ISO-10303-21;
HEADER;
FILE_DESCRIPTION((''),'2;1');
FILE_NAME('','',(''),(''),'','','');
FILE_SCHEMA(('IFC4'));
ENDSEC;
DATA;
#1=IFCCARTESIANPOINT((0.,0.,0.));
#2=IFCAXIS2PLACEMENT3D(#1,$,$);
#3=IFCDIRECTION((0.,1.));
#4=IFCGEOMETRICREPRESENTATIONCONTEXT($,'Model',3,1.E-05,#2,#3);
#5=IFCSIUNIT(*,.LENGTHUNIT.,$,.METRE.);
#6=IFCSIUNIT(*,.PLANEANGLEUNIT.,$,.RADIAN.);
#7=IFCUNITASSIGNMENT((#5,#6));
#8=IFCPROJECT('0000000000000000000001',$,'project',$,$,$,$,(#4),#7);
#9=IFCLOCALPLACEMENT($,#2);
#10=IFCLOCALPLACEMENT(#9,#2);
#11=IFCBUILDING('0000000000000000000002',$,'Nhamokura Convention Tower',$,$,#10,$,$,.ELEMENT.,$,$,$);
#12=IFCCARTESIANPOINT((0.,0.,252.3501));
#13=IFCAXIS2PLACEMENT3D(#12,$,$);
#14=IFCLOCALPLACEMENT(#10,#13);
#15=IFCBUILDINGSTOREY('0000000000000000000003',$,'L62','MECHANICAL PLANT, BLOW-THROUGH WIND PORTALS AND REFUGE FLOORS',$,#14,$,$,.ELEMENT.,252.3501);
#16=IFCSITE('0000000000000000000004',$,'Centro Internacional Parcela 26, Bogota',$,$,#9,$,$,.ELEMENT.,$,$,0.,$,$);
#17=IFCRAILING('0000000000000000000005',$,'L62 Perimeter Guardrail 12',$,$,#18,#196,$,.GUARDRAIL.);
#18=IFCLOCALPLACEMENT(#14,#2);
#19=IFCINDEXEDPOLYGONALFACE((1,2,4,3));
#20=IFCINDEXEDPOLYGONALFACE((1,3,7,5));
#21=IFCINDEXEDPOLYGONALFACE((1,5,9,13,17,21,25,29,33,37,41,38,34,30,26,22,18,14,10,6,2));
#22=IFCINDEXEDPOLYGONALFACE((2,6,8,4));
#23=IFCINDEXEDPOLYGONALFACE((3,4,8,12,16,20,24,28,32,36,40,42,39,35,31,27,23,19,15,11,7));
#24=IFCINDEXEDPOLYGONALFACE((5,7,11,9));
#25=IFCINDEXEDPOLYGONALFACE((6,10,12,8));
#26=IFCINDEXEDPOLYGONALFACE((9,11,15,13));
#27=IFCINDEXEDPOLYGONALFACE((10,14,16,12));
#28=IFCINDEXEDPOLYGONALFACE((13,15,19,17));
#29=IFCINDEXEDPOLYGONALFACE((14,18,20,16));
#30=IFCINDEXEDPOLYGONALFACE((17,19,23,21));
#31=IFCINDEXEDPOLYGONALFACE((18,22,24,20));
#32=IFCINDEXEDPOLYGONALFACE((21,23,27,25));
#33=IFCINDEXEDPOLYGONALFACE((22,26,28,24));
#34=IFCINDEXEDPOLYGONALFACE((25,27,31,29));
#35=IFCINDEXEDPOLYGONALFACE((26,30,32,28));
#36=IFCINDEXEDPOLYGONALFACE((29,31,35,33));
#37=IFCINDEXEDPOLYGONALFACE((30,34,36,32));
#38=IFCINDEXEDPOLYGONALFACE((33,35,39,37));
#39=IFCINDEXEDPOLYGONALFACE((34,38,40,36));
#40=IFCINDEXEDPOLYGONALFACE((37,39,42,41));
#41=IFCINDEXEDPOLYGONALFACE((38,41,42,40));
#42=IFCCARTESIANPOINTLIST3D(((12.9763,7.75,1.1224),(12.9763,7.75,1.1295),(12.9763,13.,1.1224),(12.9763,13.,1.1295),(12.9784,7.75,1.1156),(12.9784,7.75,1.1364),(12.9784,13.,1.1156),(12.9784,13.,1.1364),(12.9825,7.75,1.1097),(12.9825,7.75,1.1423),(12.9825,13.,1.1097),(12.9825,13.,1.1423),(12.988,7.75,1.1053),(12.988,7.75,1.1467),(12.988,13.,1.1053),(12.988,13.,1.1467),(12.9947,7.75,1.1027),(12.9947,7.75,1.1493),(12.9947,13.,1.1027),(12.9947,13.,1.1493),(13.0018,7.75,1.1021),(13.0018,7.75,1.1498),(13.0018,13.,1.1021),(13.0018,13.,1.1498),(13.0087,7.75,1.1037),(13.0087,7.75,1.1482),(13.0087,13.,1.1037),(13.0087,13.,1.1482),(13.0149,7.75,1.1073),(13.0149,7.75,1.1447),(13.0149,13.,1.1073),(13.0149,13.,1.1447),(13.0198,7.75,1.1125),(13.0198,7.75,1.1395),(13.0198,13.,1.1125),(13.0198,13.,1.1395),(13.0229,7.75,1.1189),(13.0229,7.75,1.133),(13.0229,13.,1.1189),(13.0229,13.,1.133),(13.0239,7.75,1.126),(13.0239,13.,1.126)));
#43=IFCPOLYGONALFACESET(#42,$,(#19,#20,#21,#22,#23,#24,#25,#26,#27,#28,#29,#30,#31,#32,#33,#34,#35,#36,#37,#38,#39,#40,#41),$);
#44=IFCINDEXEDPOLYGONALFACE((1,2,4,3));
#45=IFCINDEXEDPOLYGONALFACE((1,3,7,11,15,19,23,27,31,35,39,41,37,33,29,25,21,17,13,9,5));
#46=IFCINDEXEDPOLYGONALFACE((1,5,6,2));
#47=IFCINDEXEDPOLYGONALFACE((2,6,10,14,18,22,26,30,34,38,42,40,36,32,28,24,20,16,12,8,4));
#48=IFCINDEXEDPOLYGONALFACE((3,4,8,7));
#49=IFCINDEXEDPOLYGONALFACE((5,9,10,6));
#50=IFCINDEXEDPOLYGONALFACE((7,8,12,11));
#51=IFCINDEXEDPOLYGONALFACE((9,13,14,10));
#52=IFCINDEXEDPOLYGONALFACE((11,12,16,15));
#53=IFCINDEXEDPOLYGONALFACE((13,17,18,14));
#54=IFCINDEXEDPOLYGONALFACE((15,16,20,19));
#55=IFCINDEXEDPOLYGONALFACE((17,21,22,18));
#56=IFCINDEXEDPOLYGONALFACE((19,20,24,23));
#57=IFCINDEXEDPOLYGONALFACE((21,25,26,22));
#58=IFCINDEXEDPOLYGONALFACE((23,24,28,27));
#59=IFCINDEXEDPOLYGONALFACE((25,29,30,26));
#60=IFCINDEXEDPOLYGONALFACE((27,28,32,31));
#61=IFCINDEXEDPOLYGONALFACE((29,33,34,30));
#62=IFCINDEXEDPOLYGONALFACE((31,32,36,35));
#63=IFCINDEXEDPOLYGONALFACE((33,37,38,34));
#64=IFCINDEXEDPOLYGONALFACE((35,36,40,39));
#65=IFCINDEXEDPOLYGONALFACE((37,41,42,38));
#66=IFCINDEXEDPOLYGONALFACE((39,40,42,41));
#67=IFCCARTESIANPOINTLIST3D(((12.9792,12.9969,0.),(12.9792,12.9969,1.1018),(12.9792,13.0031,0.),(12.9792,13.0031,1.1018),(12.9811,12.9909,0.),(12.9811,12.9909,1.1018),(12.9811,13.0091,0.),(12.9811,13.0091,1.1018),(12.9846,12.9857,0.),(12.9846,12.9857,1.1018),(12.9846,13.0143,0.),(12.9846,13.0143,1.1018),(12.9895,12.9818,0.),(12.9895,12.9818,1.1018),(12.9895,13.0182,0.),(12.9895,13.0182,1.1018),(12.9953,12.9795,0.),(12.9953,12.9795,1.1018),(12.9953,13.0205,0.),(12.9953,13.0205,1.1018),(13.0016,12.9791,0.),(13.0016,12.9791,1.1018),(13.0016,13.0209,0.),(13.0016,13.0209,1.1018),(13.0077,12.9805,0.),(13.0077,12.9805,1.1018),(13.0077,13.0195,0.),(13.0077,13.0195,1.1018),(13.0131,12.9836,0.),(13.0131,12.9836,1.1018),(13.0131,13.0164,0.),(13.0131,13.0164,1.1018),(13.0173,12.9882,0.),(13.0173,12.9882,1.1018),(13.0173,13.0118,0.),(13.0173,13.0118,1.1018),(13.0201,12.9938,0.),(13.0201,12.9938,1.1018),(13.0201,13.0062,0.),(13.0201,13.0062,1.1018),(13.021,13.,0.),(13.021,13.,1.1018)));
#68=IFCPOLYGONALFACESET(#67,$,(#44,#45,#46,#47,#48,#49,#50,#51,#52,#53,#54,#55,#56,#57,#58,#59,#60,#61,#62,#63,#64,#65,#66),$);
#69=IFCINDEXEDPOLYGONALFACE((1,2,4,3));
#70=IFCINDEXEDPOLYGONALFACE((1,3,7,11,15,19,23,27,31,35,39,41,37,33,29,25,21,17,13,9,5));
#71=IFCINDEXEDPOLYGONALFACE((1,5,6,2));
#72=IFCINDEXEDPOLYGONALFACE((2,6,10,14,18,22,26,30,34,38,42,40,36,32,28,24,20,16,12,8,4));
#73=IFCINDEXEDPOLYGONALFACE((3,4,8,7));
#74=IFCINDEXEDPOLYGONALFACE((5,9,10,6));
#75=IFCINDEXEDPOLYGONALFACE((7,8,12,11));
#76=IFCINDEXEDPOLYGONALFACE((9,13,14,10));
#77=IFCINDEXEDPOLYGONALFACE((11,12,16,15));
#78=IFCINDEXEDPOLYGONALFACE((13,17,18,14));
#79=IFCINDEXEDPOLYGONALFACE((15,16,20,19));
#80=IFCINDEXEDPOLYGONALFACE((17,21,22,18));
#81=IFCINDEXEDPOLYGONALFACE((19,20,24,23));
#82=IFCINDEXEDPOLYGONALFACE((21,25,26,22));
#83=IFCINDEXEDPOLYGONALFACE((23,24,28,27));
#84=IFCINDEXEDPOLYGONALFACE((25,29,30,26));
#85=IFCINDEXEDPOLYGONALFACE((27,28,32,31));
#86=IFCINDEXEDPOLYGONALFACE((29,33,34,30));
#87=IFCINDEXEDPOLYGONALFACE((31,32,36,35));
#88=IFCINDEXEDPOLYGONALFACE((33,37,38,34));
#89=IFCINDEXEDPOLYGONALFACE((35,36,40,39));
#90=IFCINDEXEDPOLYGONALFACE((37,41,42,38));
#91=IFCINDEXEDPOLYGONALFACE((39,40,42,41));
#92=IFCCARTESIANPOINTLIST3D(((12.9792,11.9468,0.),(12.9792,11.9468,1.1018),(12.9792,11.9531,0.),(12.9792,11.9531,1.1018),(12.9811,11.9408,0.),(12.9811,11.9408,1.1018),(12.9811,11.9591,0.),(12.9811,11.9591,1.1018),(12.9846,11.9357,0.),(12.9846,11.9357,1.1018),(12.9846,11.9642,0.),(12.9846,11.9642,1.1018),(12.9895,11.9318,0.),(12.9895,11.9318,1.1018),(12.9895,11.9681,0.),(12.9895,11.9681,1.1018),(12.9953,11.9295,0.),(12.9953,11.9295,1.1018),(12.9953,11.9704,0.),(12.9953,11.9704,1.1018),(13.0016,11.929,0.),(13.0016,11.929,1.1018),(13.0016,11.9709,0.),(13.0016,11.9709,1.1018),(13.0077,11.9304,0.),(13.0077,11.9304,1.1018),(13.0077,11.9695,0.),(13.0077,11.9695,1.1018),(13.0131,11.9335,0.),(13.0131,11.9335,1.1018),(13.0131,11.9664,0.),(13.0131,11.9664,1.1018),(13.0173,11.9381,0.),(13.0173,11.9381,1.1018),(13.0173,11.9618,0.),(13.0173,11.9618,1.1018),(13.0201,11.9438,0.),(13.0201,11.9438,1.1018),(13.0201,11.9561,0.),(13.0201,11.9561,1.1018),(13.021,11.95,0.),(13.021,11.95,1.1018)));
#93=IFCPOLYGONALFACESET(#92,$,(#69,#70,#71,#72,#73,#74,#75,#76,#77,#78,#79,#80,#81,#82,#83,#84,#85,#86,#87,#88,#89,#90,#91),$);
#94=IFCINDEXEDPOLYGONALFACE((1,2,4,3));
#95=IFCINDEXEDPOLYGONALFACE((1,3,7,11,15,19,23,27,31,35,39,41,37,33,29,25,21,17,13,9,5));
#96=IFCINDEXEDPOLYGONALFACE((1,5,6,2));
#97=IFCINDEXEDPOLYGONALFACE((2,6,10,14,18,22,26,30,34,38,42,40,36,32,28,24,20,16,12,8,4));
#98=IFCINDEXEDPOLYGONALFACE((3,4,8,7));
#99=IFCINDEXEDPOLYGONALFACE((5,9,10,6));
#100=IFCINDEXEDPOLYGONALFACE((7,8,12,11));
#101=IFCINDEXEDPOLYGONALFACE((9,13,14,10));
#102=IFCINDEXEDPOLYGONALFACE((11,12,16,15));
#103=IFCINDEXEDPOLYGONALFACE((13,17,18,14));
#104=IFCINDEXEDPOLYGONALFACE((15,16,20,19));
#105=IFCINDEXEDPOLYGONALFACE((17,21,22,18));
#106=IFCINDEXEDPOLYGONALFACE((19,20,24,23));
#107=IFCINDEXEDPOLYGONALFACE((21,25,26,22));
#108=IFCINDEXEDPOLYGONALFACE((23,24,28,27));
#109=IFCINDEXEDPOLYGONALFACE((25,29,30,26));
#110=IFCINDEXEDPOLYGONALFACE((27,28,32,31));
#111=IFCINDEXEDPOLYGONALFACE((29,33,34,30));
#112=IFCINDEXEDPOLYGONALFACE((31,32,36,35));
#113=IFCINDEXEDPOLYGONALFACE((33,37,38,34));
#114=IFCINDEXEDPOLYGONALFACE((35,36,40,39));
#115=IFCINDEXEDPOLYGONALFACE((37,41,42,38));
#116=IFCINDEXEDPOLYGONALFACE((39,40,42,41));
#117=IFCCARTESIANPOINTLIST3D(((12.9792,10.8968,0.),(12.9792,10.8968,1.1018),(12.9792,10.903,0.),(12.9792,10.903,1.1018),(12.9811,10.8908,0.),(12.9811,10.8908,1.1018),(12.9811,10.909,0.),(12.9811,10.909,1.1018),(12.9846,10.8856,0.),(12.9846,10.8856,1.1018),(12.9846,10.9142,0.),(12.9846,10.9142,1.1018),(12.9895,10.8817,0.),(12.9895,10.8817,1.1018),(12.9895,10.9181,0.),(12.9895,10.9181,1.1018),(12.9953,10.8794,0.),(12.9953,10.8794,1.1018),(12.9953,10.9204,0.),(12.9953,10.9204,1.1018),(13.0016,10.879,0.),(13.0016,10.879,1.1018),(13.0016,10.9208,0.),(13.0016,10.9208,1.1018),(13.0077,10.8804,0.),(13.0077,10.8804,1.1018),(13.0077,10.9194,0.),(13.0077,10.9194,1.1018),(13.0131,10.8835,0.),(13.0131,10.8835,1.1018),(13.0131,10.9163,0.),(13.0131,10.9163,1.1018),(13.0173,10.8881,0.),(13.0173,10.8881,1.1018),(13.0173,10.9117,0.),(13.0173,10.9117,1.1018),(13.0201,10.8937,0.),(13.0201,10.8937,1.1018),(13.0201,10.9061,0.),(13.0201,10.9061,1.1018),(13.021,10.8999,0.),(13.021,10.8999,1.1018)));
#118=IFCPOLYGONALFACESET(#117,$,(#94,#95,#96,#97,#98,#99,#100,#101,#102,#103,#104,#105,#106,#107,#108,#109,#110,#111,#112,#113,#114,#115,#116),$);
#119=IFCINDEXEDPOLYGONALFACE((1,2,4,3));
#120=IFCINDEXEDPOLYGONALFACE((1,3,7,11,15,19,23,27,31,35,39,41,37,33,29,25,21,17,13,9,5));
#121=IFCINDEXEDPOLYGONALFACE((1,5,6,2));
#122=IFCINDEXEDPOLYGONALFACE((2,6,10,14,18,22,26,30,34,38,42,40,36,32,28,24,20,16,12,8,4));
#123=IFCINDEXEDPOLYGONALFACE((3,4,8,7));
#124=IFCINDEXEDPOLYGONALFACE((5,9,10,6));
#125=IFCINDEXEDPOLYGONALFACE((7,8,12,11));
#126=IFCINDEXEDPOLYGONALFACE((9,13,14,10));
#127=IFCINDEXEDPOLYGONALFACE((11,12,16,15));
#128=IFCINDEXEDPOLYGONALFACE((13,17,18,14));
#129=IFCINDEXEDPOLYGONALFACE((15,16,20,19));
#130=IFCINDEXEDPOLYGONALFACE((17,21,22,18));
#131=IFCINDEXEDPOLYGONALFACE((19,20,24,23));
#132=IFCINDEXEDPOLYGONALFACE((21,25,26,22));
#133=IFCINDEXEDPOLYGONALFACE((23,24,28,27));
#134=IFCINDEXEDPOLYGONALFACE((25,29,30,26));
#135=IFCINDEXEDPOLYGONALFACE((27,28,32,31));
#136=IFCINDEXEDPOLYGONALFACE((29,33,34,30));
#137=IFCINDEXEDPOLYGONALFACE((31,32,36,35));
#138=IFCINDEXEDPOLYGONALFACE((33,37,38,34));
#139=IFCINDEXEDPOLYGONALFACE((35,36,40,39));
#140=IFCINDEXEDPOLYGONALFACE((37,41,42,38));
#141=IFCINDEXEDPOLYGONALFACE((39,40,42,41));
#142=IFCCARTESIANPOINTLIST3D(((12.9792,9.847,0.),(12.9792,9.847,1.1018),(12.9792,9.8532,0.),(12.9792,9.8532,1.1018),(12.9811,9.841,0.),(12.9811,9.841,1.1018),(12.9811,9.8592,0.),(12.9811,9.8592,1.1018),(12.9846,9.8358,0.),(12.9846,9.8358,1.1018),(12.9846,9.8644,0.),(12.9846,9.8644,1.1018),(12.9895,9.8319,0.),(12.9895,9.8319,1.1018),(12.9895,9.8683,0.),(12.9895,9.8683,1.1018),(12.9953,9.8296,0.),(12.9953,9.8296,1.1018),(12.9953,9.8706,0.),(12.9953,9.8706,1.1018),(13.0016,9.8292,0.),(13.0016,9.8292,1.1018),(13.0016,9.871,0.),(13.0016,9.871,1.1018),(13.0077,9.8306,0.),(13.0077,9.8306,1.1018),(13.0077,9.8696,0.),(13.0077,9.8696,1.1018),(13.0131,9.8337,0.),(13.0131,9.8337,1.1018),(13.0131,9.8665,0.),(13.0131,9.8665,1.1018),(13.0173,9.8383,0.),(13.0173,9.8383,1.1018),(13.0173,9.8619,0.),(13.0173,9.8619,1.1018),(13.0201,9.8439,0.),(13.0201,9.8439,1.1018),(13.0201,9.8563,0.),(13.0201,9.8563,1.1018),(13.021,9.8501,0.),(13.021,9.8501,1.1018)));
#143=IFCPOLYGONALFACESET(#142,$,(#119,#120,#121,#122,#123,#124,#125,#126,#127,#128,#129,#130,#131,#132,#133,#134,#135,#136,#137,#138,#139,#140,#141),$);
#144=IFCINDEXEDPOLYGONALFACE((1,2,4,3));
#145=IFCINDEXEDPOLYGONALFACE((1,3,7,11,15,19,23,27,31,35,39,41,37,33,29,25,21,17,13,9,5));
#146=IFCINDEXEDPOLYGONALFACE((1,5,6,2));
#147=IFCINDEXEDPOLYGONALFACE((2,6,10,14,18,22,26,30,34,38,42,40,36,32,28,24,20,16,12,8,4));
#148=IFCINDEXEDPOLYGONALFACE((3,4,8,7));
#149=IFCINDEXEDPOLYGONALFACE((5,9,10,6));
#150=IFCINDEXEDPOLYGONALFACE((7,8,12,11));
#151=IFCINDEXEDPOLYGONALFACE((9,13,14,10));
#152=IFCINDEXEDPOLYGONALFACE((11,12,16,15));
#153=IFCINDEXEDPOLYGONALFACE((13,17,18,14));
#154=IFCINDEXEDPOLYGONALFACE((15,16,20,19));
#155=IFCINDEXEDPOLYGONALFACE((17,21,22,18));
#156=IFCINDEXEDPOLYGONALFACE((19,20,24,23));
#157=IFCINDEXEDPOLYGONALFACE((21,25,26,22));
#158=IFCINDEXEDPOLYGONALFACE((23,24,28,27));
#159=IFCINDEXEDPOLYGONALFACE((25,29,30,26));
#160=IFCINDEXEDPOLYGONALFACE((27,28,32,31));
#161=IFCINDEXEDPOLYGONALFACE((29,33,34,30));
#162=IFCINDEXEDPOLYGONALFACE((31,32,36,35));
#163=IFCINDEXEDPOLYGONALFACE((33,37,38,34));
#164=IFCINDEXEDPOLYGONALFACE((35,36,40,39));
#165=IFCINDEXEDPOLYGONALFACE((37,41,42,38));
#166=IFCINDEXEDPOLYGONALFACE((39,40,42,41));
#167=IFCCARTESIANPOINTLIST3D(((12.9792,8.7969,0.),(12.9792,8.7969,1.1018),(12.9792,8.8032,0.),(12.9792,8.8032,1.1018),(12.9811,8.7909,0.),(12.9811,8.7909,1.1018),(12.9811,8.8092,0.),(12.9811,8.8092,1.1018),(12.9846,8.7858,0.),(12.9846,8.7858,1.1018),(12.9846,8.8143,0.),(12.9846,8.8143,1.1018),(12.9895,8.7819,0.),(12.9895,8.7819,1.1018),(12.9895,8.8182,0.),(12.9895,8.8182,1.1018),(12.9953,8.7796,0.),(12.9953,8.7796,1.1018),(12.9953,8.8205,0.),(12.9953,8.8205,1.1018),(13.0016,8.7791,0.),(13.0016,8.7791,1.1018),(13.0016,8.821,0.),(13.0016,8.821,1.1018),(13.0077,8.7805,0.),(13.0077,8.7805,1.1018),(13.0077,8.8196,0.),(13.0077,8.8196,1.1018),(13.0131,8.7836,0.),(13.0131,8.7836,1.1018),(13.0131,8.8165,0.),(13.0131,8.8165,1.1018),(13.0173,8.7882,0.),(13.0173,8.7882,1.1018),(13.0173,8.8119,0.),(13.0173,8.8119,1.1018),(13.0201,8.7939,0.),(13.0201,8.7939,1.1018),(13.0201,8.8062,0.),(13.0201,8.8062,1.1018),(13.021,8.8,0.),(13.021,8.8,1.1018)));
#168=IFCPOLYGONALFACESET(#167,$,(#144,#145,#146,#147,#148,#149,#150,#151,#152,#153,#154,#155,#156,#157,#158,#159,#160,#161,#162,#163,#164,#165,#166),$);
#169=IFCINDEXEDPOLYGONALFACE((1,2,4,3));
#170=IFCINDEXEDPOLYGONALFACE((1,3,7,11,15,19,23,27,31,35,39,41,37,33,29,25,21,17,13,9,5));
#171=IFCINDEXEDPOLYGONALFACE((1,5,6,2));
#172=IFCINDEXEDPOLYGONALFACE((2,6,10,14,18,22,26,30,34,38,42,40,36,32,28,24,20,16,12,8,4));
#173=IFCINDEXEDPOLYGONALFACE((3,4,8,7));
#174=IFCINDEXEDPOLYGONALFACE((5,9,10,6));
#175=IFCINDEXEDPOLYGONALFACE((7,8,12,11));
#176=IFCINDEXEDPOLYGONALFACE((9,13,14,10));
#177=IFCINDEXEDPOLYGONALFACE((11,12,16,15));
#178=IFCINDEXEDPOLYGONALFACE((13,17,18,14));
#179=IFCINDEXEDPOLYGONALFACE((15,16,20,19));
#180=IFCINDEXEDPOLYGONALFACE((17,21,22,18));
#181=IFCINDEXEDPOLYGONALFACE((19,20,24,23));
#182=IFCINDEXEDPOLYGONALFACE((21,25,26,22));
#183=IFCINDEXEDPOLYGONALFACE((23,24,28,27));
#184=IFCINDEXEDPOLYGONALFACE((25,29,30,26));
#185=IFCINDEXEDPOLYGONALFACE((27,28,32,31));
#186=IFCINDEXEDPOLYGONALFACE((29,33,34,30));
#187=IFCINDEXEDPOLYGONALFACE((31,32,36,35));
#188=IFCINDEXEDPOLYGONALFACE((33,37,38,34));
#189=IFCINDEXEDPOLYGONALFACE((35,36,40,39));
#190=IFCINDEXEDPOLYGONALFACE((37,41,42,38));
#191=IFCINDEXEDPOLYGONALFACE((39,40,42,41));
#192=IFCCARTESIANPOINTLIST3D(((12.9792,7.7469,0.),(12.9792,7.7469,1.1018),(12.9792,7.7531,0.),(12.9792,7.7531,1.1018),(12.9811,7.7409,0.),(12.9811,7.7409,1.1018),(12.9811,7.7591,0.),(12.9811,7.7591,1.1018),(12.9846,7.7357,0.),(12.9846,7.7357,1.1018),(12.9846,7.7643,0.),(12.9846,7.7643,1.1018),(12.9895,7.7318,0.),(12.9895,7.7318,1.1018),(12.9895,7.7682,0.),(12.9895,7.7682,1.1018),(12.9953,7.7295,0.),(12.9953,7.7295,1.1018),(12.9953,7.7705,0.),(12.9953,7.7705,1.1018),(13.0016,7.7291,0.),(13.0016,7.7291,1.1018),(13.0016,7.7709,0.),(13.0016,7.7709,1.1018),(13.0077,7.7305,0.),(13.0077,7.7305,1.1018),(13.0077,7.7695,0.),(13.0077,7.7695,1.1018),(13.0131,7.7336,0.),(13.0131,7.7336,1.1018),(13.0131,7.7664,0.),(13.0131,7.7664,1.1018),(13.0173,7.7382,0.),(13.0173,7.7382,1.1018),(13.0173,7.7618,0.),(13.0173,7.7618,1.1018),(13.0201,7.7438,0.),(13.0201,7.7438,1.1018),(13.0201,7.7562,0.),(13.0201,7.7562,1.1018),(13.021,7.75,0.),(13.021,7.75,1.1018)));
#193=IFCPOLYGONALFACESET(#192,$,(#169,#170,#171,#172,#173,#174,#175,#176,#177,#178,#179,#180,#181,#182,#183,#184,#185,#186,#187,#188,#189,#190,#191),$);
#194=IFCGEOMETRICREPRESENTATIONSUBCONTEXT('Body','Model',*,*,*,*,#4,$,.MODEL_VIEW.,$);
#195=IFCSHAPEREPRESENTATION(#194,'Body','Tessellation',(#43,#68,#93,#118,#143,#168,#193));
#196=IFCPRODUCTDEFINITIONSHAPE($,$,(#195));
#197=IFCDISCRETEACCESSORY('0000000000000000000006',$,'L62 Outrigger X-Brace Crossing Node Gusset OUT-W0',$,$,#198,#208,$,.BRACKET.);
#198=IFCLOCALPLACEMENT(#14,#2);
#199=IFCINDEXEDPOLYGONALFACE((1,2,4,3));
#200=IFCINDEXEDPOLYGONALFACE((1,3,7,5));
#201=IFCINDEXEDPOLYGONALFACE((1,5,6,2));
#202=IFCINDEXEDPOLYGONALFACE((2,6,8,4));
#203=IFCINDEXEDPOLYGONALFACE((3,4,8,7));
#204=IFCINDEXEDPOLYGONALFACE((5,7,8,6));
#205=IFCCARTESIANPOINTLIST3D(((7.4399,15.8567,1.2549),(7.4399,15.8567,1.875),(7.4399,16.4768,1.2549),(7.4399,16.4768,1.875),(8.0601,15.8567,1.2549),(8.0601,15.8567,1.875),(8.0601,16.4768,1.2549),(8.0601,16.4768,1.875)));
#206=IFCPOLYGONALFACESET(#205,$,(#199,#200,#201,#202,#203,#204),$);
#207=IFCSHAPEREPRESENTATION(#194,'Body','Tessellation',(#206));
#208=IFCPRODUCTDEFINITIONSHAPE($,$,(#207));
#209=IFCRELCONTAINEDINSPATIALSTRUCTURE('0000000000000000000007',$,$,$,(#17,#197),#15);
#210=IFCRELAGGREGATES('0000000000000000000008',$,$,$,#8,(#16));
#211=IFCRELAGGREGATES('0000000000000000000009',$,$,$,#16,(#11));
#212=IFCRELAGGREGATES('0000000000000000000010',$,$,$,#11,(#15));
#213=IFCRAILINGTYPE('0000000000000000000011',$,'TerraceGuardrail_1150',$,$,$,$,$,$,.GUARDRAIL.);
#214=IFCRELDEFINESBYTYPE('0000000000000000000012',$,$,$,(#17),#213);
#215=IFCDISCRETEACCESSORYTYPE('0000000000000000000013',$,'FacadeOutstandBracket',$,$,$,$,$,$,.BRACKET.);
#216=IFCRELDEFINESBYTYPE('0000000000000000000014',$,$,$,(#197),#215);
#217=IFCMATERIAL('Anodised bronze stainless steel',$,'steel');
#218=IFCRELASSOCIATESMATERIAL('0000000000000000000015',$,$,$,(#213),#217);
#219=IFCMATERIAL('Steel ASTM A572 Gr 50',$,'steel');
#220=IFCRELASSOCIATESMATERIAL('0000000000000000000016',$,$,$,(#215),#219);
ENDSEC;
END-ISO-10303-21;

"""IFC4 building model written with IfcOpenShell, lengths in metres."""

from ifc_helpers import new_model, si_unit, direction, frame, origin, origin_2d, place, context, subcontext, project, spatial, rectangle, circle, extrude, material, type_object, element, save


model = new_model("IFC4")

# Units and contexts
model_context = context("Model", 3, precision=1e-05, world=origin(), true_north=direction((0.0, 1.0)))
body_context = subcontext(model_context, "Body", "Model", "MODEL_VIEW")
ifc_project = project(units=[si_unit("LENGTHUNIT", "METRE"), si_unit("PLANEANGLEUNIT", "RADIAN")], contexts=[model_context])

# Site, building, storey
site_placement = place(None, origin())
site = spatial("IfcSite", under=ifc_project, at=site_placement, Name="Centro Internacional Parcela 26, Bogota", CompositionType="ELEMENT", RefElevation=0.0)
building_placement = place(site_placement, origin())
building = spatial("IfcBuilding", under=site, at=building_placement, Name="Nhamokura Convention Tower", CompositionType="ELEMENT")
storey_placement = place(building_placement, frame((0.0, 0.0, 252.3501)))
storey = spatial("IfcBuildingStorey", under=building, at=storey_placement, Name="L62", Description="MECHANICAL PLANT, BLOW-THROUGH WIND PORTALS AND REFUGE FLOORS", CompositionType="ELEMENT", Elevation=252.3501)

# Railing
ifc_material_1 = material(Name="Anodised bronze stainless steel", Category="steel")
railing_type_1 = type_object("IfcRailingType", Name="TerraceGuardrail_1150", PredefinedType="GUARDRAIL", material=ifc_material_1)
railing_1_placement = place(storey_placement, frame((13.0, 13.0, 0.0)))
element("IfcRailing", 1, at=railing_1_placement, inside=storey, type_object=railing_type_1, Name="L62 Perimeter Guardrail 12", PredefinedType="GUARDRAIL", context=body_context, shape_type="SweptSolid", body=[
    extrude(circle(Radius=0.0239, at=origin_2d()), frame((0.0, 0.0, 1.126), z_axis=(0.0, -1.0, 0.0), x_axis=(1.0, 0.0, 0.0)), (0.0, 0.0, 1.0), 5.25),
    extrude(circle(Radius=0.021, at=origin_2d()), origin(), (0.0, 0.0, 1.0), 1.1018),
    extrude(circle(Radius=0.021, at=origin_2d()), frame((0.0, -1.05, 0.0)), (0.0, 0.0, 1.0), 1.1018),
    extrude(circle(Radius=0.021, at=origin_2d()), frame((0.0, -2.1001, 0.0)), (0.0, 0.0, 1.0), 1.1018),
    extrude(circle(Radius=0.021, at=origin_2d()), frame((0.0, -3.1499, 0.0)), (0.0, 0.0, 1.0), 1.1018),
    extrude(circle(Radius=0.021, at=origin_2d()), frame((0.0, -4.2, 0.0)), (0.0, 0.0, 1.0), 1.1018),
    extrude(circle(Radius=0.021, at=origin_2d()), frame((0.0, -5.25, 0.0)), (0.0, 0.0, 1.0), 1.1018),
])

# Discrete accessory
ifc_material_2 = material(Name="Steel ASTM A572 Gr 50", Category="steel")
discrete_accessory_type = type_object("IfcDiscreteAccessoryType", Name="FacadeOutstandBracket", PredefinedType="BRACKET", material=ifc_material_2)
discrete_accessory_placement = place(storey_placement, frame((7.75, 16.1667, 1.2549), z_axis=(0.0, 0.0, 1.0), x_axis=(1.0, 0.0, 0.0)))
element("IfcDiscreteAccessory", 2, at=discrete_accessory_placement, inside=storey, type_object=discrete_accessory_type, Name="L62 Outrigger X-Brace Crossing Node Gusset OUT-W0", PredefinedType="BRACKET", context=body_context, shape_type="SweptSolid", body=[
    extrude(rectangle(XDim=0.6201, YDim=0.6201, at=origin_2d()), origin(), (0.0, 0.0, 1.0), 0.6201),
])

save(model, "model.ifc")
